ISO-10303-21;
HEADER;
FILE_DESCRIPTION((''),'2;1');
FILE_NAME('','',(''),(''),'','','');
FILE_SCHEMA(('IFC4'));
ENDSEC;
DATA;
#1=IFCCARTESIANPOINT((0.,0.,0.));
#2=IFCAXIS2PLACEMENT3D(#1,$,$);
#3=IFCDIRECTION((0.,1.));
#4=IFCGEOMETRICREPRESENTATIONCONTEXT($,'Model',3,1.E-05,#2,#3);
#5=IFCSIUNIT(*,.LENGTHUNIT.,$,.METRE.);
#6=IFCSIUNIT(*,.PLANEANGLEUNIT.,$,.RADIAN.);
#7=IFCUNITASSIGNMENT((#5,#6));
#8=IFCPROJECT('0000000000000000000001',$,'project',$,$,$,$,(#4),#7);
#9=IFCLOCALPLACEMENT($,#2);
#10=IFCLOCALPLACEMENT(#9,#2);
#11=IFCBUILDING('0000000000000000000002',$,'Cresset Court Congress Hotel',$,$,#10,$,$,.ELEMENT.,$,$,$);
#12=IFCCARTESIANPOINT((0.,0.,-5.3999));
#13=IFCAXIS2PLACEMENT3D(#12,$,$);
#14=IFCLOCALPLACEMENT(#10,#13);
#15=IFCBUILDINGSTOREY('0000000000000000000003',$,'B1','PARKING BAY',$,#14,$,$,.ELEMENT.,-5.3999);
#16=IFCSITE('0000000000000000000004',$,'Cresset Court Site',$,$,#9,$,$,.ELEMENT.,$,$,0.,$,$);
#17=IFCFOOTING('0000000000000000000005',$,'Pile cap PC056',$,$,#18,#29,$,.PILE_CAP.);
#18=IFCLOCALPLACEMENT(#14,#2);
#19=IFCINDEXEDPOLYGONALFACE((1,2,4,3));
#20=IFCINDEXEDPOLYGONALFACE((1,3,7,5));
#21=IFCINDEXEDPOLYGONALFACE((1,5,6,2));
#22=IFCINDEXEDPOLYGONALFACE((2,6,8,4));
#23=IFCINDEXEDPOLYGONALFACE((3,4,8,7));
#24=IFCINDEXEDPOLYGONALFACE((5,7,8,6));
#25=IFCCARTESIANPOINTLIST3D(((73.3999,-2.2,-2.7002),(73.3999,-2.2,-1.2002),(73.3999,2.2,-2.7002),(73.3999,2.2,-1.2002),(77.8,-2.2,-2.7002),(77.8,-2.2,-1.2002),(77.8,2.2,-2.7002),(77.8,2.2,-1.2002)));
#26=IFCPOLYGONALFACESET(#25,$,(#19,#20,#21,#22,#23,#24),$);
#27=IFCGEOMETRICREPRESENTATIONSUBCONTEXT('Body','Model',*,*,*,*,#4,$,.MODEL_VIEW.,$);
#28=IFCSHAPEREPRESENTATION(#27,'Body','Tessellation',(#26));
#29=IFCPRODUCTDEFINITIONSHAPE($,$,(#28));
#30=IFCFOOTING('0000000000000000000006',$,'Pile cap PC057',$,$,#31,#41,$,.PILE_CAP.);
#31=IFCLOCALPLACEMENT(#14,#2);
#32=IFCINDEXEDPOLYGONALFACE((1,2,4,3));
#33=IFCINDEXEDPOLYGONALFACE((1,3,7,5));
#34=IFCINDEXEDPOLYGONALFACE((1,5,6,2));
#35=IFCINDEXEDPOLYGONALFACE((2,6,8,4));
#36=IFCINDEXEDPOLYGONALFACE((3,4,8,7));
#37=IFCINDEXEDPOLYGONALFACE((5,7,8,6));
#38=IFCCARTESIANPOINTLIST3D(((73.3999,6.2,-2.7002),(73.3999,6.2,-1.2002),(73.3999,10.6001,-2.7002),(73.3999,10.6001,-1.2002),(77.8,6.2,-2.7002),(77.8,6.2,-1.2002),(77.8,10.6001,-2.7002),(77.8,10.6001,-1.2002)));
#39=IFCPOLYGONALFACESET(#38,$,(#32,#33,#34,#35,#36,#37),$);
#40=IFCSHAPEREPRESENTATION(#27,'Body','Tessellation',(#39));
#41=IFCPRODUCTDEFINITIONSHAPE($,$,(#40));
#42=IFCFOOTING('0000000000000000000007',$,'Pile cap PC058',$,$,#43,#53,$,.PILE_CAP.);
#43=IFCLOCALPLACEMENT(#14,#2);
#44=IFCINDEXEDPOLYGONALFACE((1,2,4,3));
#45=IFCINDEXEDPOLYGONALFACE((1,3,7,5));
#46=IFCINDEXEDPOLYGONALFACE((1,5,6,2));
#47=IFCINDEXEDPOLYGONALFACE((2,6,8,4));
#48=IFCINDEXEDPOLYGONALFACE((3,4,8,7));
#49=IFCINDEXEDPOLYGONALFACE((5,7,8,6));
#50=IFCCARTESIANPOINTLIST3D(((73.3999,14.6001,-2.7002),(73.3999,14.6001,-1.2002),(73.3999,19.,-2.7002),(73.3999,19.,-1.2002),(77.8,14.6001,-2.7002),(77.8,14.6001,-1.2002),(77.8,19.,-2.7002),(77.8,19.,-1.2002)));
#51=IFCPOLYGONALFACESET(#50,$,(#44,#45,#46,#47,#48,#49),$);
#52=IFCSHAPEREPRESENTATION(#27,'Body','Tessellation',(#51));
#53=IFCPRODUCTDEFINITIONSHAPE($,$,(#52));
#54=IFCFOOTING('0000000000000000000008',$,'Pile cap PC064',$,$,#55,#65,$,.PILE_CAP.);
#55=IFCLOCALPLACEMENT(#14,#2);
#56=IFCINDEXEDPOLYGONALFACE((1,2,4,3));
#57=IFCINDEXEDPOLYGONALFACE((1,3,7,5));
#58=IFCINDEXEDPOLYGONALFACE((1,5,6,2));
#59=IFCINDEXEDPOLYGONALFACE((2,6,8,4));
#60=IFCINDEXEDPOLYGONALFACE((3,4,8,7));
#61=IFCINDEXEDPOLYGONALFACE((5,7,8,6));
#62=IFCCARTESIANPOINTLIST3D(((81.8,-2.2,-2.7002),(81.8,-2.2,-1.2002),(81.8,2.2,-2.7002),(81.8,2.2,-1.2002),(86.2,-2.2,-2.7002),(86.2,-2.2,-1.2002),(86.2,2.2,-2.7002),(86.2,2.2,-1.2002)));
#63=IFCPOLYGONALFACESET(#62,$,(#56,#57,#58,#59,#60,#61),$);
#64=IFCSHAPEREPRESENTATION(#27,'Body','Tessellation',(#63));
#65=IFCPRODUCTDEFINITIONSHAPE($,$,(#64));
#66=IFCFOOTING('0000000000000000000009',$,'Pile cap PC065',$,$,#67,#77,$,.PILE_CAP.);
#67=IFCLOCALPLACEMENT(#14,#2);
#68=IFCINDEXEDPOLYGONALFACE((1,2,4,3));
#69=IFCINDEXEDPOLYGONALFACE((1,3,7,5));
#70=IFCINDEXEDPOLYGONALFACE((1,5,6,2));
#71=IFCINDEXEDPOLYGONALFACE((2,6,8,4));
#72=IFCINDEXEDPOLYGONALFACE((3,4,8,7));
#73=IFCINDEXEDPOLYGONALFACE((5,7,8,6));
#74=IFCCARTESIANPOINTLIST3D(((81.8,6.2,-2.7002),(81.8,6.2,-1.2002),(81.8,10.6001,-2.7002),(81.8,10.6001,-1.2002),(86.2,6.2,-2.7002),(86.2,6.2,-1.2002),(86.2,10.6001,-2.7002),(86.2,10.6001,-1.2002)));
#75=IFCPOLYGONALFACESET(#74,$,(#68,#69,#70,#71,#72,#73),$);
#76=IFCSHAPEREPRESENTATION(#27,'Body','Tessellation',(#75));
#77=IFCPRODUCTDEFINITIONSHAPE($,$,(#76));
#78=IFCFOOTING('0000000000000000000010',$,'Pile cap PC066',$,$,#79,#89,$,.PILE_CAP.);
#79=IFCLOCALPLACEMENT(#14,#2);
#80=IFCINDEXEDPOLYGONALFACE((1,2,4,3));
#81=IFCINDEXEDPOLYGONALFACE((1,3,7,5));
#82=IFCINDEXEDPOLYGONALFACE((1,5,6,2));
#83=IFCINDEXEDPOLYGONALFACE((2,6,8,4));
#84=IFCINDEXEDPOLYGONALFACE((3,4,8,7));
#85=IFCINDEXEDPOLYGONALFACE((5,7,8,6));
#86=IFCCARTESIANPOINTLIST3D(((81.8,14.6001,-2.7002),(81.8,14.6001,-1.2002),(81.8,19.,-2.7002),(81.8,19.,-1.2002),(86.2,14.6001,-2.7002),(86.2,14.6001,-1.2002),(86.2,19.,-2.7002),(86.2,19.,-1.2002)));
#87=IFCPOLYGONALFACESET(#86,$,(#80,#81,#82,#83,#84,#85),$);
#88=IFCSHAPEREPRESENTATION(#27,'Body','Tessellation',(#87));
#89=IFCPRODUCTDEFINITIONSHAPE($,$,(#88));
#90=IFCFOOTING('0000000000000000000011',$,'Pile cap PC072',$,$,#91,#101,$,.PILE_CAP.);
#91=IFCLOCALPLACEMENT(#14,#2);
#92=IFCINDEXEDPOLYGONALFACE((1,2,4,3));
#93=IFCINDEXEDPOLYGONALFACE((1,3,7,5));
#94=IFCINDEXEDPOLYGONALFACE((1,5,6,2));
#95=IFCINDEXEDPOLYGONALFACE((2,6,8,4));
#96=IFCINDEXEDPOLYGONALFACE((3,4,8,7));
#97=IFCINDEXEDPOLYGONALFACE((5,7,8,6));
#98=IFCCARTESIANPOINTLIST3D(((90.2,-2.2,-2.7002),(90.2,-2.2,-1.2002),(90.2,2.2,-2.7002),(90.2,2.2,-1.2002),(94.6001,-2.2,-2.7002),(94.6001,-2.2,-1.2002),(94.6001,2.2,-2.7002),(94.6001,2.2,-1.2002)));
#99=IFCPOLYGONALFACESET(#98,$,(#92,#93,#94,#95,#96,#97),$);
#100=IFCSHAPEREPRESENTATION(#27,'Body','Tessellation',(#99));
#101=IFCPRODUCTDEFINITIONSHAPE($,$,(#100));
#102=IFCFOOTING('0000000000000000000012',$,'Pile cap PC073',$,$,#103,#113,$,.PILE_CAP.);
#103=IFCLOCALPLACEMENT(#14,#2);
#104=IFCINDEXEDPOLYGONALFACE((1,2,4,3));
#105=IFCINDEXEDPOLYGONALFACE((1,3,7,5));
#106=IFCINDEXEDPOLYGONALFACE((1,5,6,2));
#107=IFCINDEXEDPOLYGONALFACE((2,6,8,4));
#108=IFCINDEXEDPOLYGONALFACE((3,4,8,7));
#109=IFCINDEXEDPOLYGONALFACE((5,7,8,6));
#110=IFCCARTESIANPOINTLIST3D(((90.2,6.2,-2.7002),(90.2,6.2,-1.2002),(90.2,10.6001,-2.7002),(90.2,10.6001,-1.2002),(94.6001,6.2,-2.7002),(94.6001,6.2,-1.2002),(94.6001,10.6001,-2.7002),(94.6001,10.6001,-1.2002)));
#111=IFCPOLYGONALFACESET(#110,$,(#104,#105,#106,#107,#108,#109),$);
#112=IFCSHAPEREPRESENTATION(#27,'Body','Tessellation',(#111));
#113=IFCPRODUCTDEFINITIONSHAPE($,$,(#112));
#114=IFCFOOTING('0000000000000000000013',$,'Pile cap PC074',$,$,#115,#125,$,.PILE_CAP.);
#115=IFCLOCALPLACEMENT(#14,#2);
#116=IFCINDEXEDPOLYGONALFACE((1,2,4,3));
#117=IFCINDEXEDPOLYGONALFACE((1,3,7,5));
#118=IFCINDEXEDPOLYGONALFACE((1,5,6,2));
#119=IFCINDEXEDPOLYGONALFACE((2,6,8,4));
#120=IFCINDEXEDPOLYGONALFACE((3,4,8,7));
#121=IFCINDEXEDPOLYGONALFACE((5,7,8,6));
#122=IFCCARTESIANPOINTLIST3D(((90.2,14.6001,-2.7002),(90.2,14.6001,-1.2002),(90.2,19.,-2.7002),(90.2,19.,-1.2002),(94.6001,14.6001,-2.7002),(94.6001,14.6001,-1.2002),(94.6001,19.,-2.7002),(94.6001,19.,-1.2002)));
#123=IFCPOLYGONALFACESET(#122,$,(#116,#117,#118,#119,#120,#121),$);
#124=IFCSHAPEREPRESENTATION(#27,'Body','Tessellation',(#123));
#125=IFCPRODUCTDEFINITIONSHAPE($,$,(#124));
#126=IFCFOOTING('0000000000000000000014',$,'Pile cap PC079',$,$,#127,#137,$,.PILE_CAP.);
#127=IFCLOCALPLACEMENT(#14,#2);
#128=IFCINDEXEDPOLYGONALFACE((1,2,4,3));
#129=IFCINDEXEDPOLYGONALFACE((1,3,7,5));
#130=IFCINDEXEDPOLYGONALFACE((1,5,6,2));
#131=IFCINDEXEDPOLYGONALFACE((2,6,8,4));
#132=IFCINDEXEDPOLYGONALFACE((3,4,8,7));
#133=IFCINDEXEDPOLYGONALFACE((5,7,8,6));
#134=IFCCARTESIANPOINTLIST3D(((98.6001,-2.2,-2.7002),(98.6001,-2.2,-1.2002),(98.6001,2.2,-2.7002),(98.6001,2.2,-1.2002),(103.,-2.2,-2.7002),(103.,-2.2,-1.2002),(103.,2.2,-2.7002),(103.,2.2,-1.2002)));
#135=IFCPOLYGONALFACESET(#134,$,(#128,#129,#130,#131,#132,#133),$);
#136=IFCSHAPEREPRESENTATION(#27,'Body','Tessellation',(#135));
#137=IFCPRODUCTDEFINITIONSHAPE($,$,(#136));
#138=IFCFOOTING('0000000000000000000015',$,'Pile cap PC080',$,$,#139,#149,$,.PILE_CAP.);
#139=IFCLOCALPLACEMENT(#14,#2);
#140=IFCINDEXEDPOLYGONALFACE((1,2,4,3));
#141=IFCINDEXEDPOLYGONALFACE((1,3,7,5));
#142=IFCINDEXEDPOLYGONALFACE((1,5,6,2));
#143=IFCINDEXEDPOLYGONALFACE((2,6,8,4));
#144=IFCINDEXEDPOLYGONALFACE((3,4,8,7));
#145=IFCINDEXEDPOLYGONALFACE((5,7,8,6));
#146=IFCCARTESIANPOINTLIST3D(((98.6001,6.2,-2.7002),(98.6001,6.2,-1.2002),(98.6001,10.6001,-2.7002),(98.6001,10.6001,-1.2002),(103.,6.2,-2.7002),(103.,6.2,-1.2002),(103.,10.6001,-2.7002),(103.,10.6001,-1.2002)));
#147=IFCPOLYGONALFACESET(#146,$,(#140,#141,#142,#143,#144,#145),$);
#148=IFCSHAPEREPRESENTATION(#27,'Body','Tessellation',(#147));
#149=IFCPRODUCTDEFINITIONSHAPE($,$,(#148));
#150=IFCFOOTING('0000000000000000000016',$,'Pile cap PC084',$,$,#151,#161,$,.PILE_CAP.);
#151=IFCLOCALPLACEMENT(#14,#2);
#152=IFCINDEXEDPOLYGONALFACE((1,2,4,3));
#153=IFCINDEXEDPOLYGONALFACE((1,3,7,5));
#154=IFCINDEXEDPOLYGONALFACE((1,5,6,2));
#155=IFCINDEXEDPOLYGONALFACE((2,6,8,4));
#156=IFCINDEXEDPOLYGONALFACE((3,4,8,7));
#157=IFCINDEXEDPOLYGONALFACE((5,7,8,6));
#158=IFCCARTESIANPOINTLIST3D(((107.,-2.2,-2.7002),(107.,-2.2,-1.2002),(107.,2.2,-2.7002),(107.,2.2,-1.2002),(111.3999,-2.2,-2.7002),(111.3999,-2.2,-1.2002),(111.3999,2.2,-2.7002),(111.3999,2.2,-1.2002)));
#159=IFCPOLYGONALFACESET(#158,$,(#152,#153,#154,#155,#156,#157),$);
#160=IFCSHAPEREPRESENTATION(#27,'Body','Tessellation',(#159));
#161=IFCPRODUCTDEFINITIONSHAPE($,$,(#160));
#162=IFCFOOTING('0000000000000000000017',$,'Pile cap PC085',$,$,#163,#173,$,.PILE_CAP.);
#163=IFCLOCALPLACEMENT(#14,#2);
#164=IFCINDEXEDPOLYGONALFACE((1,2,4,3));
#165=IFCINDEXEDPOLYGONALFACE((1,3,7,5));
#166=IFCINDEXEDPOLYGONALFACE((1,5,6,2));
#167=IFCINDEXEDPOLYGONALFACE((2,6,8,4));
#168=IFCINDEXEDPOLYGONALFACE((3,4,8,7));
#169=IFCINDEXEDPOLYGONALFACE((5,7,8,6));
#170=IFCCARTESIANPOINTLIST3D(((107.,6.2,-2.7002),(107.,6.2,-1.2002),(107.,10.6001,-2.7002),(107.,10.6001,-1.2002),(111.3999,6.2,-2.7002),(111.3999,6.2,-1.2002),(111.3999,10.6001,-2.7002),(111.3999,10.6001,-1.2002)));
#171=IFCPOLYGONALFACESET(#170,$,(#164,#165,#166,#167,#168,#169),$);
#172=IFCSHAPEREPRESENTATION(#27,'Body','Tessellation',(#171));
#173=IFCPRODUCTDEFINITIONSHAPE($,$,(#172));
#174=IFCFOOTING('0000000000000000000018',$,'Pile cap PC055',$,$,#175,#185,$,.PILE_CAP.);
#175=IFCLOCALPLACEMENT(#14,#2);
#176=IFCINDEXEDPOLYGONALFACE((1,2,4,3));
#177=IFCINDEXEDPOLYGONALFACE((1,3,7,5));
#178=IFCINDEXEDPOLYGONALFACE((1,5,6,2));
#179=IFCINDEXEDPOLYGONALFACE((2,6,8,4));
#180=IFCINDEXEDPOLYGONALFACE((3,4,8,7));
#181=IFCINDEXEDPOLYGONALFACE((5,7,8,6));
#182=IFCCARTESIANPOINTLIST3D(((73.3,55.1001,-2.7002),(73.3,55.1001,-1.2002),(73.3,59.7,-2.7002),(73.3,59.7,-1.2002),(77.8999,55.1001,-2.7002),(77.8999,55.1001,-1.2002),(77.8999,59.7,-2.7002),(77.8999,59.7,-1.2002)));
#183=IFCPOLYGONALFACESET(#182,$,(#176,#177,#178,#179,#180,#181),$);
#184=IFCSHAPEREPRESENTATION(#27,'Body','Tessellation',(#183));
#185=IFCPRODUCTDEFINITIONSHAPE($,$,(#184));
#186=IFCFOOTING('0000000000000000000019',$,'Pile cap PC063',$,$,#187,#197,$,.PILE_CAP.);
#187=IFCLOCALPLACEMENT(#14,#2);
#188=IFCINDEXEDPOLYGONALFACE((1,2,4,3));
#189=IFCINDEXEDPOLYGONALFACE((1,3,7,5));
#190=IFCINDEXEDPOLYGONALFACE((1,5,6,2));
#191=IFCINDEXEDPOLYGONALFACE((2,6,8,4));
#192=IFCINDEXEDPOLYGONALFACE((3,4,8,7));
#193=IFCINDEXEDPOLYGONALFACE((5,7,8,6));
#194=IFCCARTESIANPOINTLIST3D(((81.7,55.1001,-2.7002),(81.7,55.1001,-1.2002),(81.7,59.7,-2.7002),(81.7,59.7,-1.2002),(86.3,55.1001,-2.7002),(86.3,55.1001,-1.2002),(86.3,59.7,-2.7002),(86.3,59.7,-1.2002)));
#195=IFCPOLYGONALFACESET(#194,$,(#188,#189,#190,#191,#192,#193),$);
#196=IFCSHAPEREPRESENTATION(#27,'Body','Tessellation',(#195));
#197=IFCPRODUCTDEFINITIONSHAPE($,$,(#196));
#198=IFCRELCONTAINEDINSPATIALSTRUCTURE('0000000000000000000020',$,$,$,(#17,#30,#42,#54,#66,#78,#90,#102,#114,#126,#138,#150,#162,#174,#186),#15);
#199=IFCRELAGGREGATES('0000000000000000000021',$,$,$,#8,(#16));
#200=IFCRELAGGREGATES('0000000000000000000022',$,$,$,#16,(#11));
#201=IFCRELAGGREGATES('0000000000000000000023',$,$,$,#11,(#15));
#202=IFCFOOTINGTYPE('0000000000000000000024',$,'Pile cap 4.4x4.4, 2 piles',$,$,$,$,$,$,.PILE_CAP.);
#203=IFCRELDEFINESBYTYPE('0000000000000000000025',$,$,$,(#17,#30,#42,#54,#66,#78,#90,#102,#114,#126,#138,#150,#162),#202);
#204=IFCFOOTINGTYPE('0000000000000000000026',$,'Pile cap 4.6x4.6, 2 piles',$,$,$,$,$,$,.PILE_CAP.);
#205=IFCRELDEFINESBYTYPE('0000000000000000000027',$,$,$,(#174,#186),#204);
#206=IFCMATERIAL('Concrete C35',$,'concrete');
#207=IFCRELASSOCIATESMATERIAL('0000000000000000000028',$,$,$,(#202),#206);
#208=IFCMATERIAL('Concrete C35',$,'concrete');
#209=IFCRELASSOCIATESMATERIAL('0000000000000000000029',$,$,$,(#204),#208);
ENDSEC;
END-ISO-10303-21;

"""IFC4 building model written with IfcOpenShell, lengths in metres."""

from ifc_helpers import new_model, si_unit, direction, frame, origin, place, context, subcontext, project, spatial, polyline, outline, extrude, material, type_object, element, save


model = new_model("IFC4")

# Units and contexts
model_context = context("Model", 3, precision=1e-05, world=origin(), true_north=direction((0.0, 1.0)))
body_context = subcontext(model_context, "Body", "Model", "MODEL_VIEW")
ifc_project = project(units=[si_unit("LENGTHUNIT", "METRE"), si_unit("PLANEANGLEUNIT", "RADIAN")], contexts=[model_context])

# Site, building, storey
site_placement = place(None, origin())
site = spatial("IfcSite", under=ifc_project, at=site_placement, Name="Cresset Court Site", CompositionType="ELEMENT", RefElevation=0.0)
building_placement = place(site_placement, origin())
building = spatial("IfcBuilding", under=site, at=building_placement, Name="Cresset Court Congress Hotel", CompositionType="ELEMENT")
storey_placement = place(building_placement, frame((0.0, 0.0, -5.3999)))
storey = spatial("IfcBuildingStorey", under=building, at=storey_placement, Name="B1", Description="PARKING BAY", CompositionType="ELEMENT", Elevation=-5.3999)

# Footings
ifc_material_1 = material(Name="Concrete C35", Category="concrete")
footing_type_1 = type_object("IfcFootingType", Name="Pile cap 4.4x4.4, 2 piles", PredefinedType="PILE_CAP", material=ifc_material_1)
footing_1_placement = place(storey_placement, frame((0.0, 0.0, -2.7002)))
element("IfcFooting", 1, at=footing_1_placement, inside=storey, type_object=footing_type_1, Name="Pile cap PC056", PredefinedType="PILE_CAP", context=body_context, shape_type="SweptSolid", body=[
    extrude(outline(polyline([(77.8, -2.2), (73.3999, -2.2), (73.3999, 2.2), (77.8, 2.2), (77.8, -2.2)])), origin(), (0.0, 0.0, 1.0), 1.5),
])
footing_2_placement = place(storey_placement, frame((0.0, 0.0, -2.7002)))
element("IfcFooting", 2, at=footing_2_placement, inside=storey, type_object=footing_type_1, Name="Pile cap PC057", PredefinedType="PILE_CAP", context=body_context, shape_type="SweptSolid", body=[
    extrude(outline(polyline([(77.8, 10.6001), (77.8, 6.2), (73.3999, 6.2), (73.3999, 10.6001), (77.8, 10.6001)])), origin(), (0.0, 0.0, 1.0), 1.5),
])
footing_3_placement = place(storey_placement, frame((0.0, 0.0, -2.7002)))
element("IfcFooting", 3, at=footing_3_placement, inside=storey, type_object=footing_type_1, Name="Pile cap PC058", PredefinedType="PILE_CAP", context=body_context, shape_type="SweptSolid", body=[
    extrude(outline(polyline([(77.8, 14.6001), (73.3999, 14.6001), (73.3999, 19.0), (77.8, 19.0), (77.8, 14.6001)])), origin(), (0.0, 0.0, 1.0), 1.5),
])
footing_4_placement = place(storey_placement, frame((0.0, 0.0, -2.7002)))
element("IfcFooting", 4, at=footing_4_placement, inside=storey, type_object=footing_type_1, Name="Pile cap PC064", PredefinedType="PILE_CAP", context=body_context, shape_type="SweptSolid", body=[
    extrude(outline(polyline([(86.2, -2.2), (81.8, -2.2), (81.8, 2.2), (86.2, 2.2), (86.2, -2.2)])), origin(), (0.0, 0.0, 1.0), 1.5),
])
footing_5_placement = place(storey_placement, frame((0.0, 0.0, -2.7002)))
element("IfcFooting", 5, at=footing_5_placement, inside=storey, type_object=footing_type_1, Name="Pile cap PC065", PredefinedType="PILE_CAP", context=body_context, shape_type="SweptSolid", body=[
    extrude(outline(polyline([(86.2, 6.2), (81.8, 6.2), (81.8, 10.6001), (86.2, 10.6001), (86.2, 6.2)])), origin(), (0.0, 0.0, 1.0), 1.5),
])
footing_6_placement = place(storey_placement, frame((0.0, 0.0, -2.7002)))
element("IfcFooting", 6, at=footing_6_placement, inside=storey, type_object=footing_type_1, Name="Pile cap PC066", PredefinedType="PILE_CAP", context=body_context, shape_type="SweptSolid", body=[
    extrude(outline(polyline([(86.2, 14.6001), (81.8, 14.6001), (81.8, 19.0), (86.2, 19.0), (86.2, 14.6001)])), origin(), (0.0, 0.0, 1.0), 1.5),
])
footing_7_placement = place(storey_placement, frame((0.0, 0.0, -2.7002)))
element("IfcFooting", 7, at=footing_7_placement, inside=storey, type_object=footing_type_1, Name="Pile cap PC072", PredefinedType="PILE_CAP", context=body_context, shape_type="SweptSolid", body=[
    extrude(outline(polyline([(94.6001, -2.2), (90.2, -2.2), (90.2, 2.2), (94.6001, 2.2), (94.6001, -2.2)])), origin(), (0.0, 0.0, 1.0), 1.5),
])
footing_8_placement = place(storey_placement, frame((0.0, 0.0, -2.7002)))
element("IfcFooting", 8, at=footing_8_placement, inside=storey, type_object=footing_type_1, Name="Pile cap PC073", PredefinedType="PILE_CAP", context=body_context, shape_type="SweptSolid", body=[
    extrude(outline(polyline([(94.6001, 6.2), (90.2, 6.2), (90.2, 10.6001), (94.6001, 10.6001), (94.6001, 6.2)])), origin(), (0.0, 0.0, 1.0), 1.5),
])
footing_9_placement = place(storey_placement, frame((0.0, 0.0, -2.7002)))
element("IfcFooting", 9, at=footing_9_placement, inside=storey, type_object=footing_type_1, Name="Pile cap PC074", PredefinedType="PILE_CAP", context=body_context, shape_type="SweptSolid", body=[
    extrude(outline(polyline([(94.6001, 19.0), (94.6001, 14.6001), (90.2, 14.6001), (90.2, 19.0), (94.6001, 19.0)])), origin(), (0.0, 0.0, 1.0), 1.5),
])
footing_10_placement = place(storey_placement, frame((0.0, 0.0, -2.7002)))
element("IfcFooting", 10, at=footing_10_placement, inside=storey, type_object=footing_type_1, Name="Pile cap PC079", PredefinedType="PILE_CAP", context=body_context, shape_type="SweptSolid", body=[
    extrude(outline(polyline([(103.0, -2.2), (98.6001, -2.2), (98.6001, 2.2), (103.0, 2.2), (103.0, -2.2)])), origin(), (0.0, 0.0, 1.0), 1.5),
])
footing_11_placement = place(storey_placement, frame((0.0, 0.0, -2.7002)))
element("IfcFooting", 11, at=footing_11_placement, inside=storey, type_object=footing_type_1, Name="Pile cap PC080", PredefinedType="PILE_CAP", context=body_context, shape_type="SweptSolid", body=[
    extrude(outline(polyline([(103.0, 6.2), (98.6001, 6.2), (98.6001, 10.6001), (103.0, 10.6001), (103.0, 6.2)])), origin(), (0.0, 0.0, 1.0), 1.5),
])
footing_12_placement = place(storey_placement, frame((0.0, 0.0, -2.7002)))
element("IfcFooting", 12, at=footing_12_placement, inside=storey, type_object=footing_type_1, Name="Pile cap PC084", PredefinedType="PILE_CAP", context=body_context, shape_type="SweptSolid", body=[
    extrude(outline(polyline([(111.3999, -2.2), (107.0, -2.2), (107.0, 2.2), (111.3999, 2.2), (111.3999, -2.2)])), origin(), (0.0, 0.0, 1.0), 1.5),
])
footing_13_placement = place(storey_placement, frame((0.0, 0.0, -2.7002)))
element("IfcFooting", 13, at=footing_13_placement, inside=storey, type_object=footing_type_1, Name="Pile cap PC085", PredefinedType="PILE_CAP", context=body_context, shape_type="SweptSolid", body=[
    extrude(outline(polyline([(111.3999, 6.2), (107.0, 6.2), (107.0, 10.6001), (111.3999, 10.6001), (111.3999, 6.2)])), origin(), (0.0, 0.0, 1.0), 1.5),
])
ifc_material_2 = material(Name="Concrete C35", Category="concrete")
footing_type_2 = type_object("IfcFootingType", Name="Pile cap 4.6x4.6, 2 piles", PredefinedType="PILE_CAP", material=ifc_material_2)
footing_14_placement = place(storey_placement, frame((0.0, 0.0, -2.7002)))
element("IfcFooting", 14, at=footing_14_placement, inside=storey, type_object=footing_type_2, Name="Pile cap PC055", PredefinedType="PILE_CAP", context=body_context, shape_type="SweptSolid", body=[
    extrude(outline(polyline([(77.8999, 55.1001), (73.3, 55.1001), (73.3, 59.7), (77.8999, 59.7), (77.8999, 55.1001)])), origin(), (0.0, 0.0, 1.0), 1.5),
])
footing_15_placement = place(storey_placement, frame((0.0, 0.0, -2.7002)))
element("IfcFooting", 15, at=footing_15_placement, inside=storey, type_object=footing_type_2, Name="Pile cap PC063", PredefinedType="PILE_CAP", context=body_context, shape_type="SweptSolid", body=[
    extrude(outline(polyline([(86.3, 55.1001), (81.7, 55.1001), (81.7, 59.7), (86.3, 59.7), (86.3, 55.1001)])), origin(), (0.0, 0.0, 1.0), 1.5),
])

save(model, "model.ifc")
